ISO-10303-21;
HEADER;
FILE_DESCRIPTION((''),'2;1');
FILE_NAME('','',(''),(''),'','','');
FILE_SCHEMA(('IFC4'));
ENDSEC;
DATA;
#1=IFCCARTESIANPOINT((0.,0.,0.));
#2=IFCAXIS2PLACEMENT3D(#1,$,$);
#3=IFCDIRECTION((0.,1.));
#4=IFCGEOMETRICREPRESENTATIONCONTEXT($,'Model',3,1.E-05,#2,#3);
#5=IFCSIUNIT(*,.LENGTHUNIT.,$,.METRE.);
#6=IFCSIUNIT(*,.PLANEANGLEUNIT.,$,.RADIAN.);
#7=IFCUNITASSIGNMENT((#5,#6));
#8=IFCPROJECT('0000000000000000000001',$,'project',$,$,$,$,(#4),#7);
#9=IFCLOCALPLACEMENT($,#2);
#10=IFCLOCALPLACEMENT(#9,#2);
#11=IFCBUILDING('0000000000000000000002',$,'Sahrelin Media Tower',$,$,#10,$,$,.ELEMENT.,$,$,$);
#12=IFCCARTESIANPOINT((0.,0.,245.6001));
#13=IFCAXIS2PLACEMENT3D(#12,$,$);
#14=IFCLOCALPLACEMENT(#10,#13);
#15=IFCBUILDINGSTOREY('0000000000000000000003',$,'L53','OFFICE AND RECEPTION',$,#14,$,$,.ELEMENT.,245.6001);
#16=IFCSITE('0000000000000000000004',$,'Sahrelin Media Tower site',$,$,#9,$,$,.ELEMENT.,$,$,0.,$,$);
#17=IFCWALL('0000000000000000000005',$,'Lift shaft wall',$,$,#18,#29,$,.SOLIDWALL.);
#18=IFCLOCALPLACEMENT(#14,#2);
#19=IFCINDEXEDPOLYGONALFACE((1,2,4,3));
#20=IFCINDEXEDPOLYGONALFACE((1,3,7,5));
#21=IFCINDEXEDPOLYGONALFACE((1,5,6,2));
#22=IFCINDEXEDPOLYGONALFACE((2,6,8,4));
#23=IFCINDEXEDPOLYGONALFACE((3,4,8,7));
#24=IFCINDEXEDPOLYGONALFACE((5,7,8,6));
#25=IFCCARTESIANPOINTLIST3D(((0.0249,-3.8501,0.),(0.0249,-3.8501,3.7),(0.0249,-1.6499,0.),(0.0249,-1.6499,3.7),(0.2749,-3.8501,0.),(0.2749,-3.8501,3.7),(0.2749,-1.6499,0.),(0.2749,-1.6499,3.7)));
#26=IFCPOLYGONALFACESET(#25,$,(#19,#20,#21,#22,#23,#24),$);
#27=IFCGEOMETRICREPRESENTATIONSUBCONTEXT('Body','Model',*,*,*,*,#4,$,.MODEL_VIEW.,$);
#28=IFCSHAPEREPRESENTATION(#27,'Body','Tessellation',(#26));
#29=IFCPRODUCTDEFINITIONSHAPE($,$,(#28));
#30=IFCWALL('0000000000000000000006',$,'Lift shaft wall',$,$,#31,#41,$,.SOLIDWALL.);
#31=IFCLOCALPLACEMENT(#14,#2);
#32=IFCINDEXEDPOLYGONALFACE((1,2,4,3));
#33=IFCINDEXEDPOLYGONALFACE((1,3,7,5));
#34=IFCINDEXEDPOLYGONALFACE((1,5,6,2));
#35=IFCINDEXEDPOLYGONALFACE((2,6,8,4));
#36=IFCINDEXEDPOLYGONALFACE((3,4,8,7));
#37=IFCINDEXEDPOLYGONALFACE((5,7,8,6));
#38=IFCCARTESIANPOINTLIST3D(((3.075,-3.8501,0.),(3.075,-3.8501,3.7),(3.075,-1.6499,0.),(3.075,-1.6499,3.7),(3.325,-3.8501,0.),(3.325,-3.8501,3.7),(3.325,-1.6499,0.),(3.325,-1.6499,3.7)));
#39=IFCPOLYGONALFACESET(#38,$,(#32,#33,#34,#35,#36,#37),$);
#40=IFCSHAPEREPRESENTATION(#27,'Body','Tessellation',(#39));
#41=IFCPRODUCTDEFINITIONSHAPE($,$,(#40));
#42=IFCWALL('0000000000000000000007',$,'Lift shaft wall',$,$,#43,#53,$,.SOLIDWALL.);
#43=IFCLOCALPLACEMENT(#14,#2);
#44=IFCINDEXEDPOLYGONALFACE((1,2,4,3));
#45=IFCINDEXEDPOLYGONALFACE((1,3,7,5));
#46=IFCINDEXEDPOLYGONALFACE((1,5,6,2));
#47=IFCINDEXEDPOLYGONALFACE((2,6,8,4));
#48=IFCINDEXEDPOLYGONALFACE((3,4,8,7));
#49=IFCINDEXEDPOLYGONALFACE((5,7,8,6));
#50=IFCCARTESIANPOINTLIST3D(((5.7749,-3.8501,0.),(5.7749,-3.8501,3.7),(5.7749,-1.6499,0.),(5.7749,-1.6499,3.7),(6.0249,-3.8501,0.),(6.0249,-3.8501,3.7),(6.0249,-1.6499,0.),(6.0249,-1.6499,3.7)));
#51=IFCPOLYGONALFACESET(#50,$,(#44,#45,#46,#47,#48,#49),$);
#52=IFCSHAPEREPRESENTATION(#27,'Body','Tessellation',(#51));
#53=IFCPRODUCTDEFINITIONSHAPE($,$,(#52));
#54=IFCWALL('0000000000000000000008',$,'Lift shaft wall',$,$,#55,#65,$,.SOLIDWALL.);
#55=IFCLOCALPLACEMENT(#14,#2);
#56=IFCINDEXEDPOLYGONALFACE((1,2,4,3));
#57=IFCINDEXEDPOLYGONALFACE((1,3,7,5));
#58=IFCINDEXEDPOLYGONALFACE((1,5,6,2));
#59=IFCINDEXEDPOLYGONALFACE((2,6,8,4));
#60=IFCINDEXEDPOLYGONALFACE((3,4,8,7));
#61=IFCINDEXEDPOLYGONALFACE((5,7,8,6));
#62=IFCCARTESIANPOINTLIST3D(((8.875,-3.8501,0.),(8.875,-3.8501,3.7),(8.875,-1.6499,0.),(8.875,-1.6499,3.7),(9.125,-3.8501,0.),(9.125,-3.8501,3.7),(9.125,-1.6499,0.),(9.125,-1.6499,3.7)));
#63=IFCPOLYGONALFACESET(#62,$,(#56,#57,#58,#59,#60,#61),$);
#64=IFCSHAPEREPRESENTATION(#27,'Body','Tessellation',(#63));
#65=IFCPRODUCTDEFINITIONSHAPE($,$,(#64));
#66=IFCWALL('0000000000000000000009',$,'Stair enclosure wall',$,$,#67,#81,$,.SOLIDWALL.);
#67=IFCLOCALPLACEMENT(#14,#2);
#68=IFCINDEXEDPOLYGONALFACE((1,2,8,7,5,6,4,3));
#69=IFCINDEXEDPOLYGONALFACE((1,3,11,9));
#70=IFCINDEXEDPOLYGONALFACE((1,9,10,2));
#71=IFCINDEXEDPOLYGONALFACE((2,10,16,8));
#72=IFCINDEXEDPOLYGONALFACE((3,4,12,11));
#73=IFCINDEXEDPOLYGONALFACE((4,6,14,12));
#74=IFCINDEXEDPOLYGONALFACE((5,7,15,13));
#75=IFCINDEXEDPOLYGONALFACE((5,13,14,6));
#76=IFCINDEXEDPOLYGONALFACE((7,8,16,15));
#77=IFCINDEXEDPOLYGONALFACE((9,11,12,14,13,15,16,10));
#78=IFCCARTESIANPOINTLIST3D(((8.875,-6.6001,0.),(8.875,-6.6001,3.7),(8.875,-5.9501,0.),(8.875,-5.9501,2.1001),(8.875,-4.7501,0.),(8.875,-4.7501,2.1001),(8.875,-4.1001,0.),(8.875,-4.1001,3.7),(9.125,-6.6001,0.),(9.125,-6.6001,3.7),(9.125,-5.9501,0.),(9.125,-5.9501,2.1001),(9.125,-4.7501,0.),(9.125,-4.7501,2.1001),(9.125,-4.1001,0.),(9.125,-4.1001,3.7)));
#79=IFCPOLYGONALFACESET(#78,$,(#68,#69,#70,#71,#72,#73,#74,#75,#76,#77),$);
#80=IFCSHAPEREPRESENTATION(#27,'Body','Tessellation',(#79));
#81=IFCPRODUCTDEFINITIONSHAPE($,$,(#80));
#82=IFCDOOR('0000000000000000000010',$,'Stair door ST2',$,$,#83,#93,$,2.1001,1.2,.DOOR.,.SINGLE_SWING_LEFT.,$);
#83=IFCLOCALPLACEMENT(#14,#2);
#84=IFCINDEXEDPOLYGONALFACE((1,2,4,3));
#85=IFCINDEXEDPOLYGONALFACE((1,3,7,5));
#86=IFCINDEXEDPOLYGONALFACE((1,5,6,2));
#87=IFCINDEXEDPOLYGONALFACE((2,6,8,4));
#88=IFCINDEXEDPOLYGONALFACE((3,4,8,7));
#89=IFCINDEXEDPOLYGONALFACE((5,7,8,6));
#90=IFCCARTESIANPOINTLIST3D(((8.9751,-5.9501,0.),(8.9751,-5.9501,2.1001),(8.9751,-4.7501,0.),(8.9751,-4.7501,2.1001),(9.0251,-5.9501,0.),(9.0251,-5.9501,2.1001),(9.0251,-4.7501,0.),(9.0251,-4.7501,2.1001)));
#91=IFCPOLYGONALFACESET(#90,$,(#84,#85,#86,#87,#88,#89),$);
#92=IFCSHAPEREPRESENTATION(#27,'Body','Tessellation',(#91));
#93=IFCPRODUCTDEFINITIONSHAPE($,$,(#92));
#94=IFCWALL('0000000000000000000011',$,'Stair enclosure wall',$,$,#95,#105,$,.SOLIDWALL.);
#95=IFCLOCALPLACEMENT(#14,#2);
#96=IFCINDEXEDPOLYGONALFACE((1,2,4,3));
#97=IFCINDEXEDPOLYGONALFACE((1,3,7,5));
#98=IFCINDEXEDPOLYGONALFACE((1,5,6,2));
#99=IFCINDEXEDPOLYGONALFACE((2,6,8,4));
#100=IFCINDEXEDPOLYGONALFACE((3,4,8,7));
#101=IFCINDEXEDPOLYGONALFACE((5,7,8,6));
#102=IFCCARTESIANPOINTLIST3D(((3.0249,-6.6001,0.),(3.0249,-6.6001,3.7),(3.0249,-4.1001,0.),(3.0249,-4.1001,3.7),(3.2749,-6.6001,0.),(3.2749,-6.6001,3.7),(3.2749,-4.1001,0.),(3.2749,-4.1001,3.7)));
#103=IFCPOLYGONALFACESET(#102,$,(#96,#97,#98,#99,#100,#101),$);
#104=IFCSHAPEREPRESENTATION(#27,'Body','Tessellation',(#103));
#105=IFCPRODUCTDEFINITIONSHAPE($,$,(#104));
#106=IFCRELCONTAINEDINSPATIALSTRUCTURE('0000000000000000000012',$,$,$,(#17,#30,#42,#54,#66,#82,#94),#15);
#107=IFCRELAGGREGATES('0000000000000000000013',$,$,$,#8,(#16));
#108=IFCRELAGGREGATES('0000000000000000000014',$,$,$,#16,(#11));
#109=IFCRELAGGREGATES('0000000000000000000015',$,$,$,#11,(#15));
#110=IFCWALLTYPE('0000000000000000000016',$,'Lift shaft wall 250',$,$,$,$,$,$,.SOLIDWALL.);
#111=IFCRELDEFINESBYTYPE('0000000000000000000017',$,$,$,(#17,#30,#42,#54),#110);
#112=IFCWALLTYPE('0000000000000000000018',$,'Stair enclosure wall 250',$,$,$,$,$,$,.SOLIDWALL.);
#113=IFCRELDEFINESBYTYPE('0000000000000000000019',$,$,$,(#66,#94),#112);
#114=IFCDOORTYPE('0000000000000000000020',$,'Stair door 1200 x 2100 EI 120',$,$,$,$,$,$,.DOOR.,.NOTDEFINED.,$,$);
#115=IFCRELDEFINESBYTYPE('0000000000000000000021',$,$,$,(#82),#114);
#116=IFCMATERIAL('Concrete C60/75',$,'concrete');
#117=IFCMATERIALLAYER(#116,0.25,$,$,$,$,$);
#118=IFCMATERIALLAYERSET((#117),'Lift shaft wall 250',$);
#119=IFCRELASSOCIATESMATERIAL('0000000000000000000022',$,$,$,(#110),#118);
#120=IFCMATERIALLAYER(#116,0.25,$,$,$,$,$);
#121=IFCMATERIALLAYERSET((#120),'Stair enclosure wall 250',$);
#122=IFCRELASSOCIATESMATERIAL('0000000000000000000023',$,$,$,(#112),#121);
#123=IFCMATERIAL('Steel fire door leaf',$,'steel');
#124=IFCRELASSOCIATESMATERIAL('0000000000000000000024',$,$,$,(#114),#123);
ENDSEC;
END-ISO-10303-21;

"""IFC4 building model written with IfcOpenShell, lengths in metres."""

from ifc_helpers import new_model, si_unit, direction, frame, frame_2d, origin, place, context, subcontext, project, spatial, rectangle, extrude, material, layer, layer_set, type_object, element, fill, save


model = new_model("IFC4")

# Units and contexts
model_context = context("Model", 3, precision=1e-05, world=origin(), true_north=direction((0.0, 1.0)))
body_context = subcontext(model_context, "Body", "Model", "MODEL_VIEW")
ifc_project = project(units=[si_unit("LENGTHUNIT", "METRE"), si_unit("PLANEANGLEUNIT", "RADIAN")], contexts=[model_context])

# Site, building, storey
site_placement = place(None, origin())
site = spatial("IfcSite", under=ifc_project, at=site_placement, Name="Sahrelin Media Tower site", CompositionType="ELEMENT", RefElevation=0.0)
building_placement = place(site_placement, origin())
building = spatial("IfcBuilding", under=site, at=building_placement, Name="Sahrelin Media Tower", CompositionType="ELEMENT")
storey_placement = place(building_placement, frame((0.0, 0.0, 245.6001)))
storey = spatial("IfcBuildingStorey", under=building, at=storey_placement, Name="L53", Description="OFFICE AND RECEPTION", CompositionType="ELEMENT", Elevation=245.6001)

# Shared definitions
ifc_material_1 = material(Name="Concrete C60/75", Category="concrete")
ifc_material_2 = material(Name="Steel fire door leaf", Category="steel")

# Walls
ifc_layer_1 = layer(ifc_material_1, 0.25)
ifc_layer_set_1 = layer_set([ifc_layer_1], Name="Lift shaft wall 250")
wall_type_1 = type_object("IfcWallType", Name="Lift shaft wall 250", PredefinedType="SOLIDWALL", material=ifc_layer_set_1)
for number, where, z_axis, x_axis, name in (
    (1, (0.1499, -3.8501, 0.0), (0.0, 0.0, 1.0), (0.0, 1.0, 0.0), "Lift shaft wall"),
    (2, (3.2, -3.8501, 0.0), (0.0, 0.0, 1.0), (0.0, 1.0, 0.0), "Lift shaft wall"),
    (3, (5.8999, -3.8501, 0.0), (0.0, 0.0, 1.0), (0.0, 1.0, 0.0), "Lift shaft wall"),
    (4, (9.0, -3.8501, 0.0), (0.0, 0.0, 1.0), (0.0, 1.0, 0.0), "Lift shaft wall"),
):
    element("IfcWall", number, at=place(storey_placement, frame(where, z_axis=z_axis, x_axis=x_axis)), inside=storey, type_object=wall_type_1, Name=name, PredefinedType="SOLIDWALL", context=body_context, shape_type="SweptSolid", body=[
        extrude(rectangle(XDim=2.2002, YDim=0.25, at=frame_2d((1.1001, 0.0))), origin(), (0.0, 0.0, 1.0), 3.7),
    ])

# Wall, opening, door
ifc_layer_2 = layer(ifc_material_1, 0.25)
ifc_layer_set_2 = layer_set([ifc_layer_2], Name="Stair enclosure wall 250")
wall_type_2 = type_object("IfcWallType", Name="Stair enclosure wall 250", PredefinedType="SOLIDWALL", material=ifc_layer_set_2)
wall_1_placement = place(storey_placement, frame((9.0, -6.6001, 0.0), z_axis=(0.0, 0.0, 1.0), x_axis=(0.0, 1.0, 0.0)))
wall_1 = element("IfcWall", 5, at=wall_1_placement, inside=storey, type_object=wall_type_2, Name="Stair enclosure wall", PredefinedType="SOLIDWALL", context=body_context, shape_type="SweptSolid", body=[
    extrude(rectangle(XDim=2.5, YDim=0.25, at=frame_2d((1.25, 0.0))), origin(), (0.0, 0.0, 1.0), 3.7),
])
opening_1_placement = place(wall_1_placement, frame((0.6499, 0.0, 0.0)))
opening_1 = element("IfcOpeningElement", 6, at=opening_1_placement, cuts=wall_1, PredefinedType="OPENING", context=body_context, shape_type="SweptSolid", body=[
    extrude(rectangle(XDim=1.2, YDim=2.1001, at=frame_2d((0.6001, 1.05))), frame((0.0, 0.125, 0.0), z_axis=(0.0, -1.0, 0.0), x_axis=(1.0, 0.0, 0.0)), (0.0, 0.0, 1.0), 0.25),
])
door_type_1 = type_object("IfcDoorType", Name="Stair door 1200 x 2100 EI 120", OperationType="NOTDEFINED", PredefinedType="DOOR", material=ifc_material_2)
door_1_placement = place(opening_1_placement, origin())
door_1 = element("IfcDoor", 7, at=door_1_placement, inside=storey, type_object=door_type_1, Name="Stair door ST2", OperationType="SINGLE_SWING_LEFT", OverallHeight=2.1001, OverallWidth=1.2, PredefinedType="DOOR", context=body_context, shape_type="SweptSolid", body=[
    extrude(rectangle(XDim=1.2, YDim=2.1001, at=frame_2d((0.6001, 1.05))), frame((0.0, 0.0249, 0.0), z_axis=(0.0, -1.0, 0.0), x_axis=(1.0, 0.0, 0.0)), (0.0, 0.0, 1.0), 0.05),
])
fill(opening_1, door_1)

# Wall
wall_2_placement = place(storey_placement, frame((3.1499, -6.6001, 0.0), z_axis=(0.0, 0.0, 1.0), x_axis=(0.0, 1.0, 0.0)))
element("IfcWall", 8, at=wall_2_placement, inside=storey, type_object=wall_type_2, Name="Stair enclosure wall", PredefinedType="SOLIDWALL", context=body_context, shape_type="SweptSolid", body=[
    extrude(rectangle(XDim=2.5, YDim=0.25, at=frame_2d((1.25, 0.0))), origin(), (0.0, 0.0, 1.0), 3.7),
])

save(model, "model.ifc")
